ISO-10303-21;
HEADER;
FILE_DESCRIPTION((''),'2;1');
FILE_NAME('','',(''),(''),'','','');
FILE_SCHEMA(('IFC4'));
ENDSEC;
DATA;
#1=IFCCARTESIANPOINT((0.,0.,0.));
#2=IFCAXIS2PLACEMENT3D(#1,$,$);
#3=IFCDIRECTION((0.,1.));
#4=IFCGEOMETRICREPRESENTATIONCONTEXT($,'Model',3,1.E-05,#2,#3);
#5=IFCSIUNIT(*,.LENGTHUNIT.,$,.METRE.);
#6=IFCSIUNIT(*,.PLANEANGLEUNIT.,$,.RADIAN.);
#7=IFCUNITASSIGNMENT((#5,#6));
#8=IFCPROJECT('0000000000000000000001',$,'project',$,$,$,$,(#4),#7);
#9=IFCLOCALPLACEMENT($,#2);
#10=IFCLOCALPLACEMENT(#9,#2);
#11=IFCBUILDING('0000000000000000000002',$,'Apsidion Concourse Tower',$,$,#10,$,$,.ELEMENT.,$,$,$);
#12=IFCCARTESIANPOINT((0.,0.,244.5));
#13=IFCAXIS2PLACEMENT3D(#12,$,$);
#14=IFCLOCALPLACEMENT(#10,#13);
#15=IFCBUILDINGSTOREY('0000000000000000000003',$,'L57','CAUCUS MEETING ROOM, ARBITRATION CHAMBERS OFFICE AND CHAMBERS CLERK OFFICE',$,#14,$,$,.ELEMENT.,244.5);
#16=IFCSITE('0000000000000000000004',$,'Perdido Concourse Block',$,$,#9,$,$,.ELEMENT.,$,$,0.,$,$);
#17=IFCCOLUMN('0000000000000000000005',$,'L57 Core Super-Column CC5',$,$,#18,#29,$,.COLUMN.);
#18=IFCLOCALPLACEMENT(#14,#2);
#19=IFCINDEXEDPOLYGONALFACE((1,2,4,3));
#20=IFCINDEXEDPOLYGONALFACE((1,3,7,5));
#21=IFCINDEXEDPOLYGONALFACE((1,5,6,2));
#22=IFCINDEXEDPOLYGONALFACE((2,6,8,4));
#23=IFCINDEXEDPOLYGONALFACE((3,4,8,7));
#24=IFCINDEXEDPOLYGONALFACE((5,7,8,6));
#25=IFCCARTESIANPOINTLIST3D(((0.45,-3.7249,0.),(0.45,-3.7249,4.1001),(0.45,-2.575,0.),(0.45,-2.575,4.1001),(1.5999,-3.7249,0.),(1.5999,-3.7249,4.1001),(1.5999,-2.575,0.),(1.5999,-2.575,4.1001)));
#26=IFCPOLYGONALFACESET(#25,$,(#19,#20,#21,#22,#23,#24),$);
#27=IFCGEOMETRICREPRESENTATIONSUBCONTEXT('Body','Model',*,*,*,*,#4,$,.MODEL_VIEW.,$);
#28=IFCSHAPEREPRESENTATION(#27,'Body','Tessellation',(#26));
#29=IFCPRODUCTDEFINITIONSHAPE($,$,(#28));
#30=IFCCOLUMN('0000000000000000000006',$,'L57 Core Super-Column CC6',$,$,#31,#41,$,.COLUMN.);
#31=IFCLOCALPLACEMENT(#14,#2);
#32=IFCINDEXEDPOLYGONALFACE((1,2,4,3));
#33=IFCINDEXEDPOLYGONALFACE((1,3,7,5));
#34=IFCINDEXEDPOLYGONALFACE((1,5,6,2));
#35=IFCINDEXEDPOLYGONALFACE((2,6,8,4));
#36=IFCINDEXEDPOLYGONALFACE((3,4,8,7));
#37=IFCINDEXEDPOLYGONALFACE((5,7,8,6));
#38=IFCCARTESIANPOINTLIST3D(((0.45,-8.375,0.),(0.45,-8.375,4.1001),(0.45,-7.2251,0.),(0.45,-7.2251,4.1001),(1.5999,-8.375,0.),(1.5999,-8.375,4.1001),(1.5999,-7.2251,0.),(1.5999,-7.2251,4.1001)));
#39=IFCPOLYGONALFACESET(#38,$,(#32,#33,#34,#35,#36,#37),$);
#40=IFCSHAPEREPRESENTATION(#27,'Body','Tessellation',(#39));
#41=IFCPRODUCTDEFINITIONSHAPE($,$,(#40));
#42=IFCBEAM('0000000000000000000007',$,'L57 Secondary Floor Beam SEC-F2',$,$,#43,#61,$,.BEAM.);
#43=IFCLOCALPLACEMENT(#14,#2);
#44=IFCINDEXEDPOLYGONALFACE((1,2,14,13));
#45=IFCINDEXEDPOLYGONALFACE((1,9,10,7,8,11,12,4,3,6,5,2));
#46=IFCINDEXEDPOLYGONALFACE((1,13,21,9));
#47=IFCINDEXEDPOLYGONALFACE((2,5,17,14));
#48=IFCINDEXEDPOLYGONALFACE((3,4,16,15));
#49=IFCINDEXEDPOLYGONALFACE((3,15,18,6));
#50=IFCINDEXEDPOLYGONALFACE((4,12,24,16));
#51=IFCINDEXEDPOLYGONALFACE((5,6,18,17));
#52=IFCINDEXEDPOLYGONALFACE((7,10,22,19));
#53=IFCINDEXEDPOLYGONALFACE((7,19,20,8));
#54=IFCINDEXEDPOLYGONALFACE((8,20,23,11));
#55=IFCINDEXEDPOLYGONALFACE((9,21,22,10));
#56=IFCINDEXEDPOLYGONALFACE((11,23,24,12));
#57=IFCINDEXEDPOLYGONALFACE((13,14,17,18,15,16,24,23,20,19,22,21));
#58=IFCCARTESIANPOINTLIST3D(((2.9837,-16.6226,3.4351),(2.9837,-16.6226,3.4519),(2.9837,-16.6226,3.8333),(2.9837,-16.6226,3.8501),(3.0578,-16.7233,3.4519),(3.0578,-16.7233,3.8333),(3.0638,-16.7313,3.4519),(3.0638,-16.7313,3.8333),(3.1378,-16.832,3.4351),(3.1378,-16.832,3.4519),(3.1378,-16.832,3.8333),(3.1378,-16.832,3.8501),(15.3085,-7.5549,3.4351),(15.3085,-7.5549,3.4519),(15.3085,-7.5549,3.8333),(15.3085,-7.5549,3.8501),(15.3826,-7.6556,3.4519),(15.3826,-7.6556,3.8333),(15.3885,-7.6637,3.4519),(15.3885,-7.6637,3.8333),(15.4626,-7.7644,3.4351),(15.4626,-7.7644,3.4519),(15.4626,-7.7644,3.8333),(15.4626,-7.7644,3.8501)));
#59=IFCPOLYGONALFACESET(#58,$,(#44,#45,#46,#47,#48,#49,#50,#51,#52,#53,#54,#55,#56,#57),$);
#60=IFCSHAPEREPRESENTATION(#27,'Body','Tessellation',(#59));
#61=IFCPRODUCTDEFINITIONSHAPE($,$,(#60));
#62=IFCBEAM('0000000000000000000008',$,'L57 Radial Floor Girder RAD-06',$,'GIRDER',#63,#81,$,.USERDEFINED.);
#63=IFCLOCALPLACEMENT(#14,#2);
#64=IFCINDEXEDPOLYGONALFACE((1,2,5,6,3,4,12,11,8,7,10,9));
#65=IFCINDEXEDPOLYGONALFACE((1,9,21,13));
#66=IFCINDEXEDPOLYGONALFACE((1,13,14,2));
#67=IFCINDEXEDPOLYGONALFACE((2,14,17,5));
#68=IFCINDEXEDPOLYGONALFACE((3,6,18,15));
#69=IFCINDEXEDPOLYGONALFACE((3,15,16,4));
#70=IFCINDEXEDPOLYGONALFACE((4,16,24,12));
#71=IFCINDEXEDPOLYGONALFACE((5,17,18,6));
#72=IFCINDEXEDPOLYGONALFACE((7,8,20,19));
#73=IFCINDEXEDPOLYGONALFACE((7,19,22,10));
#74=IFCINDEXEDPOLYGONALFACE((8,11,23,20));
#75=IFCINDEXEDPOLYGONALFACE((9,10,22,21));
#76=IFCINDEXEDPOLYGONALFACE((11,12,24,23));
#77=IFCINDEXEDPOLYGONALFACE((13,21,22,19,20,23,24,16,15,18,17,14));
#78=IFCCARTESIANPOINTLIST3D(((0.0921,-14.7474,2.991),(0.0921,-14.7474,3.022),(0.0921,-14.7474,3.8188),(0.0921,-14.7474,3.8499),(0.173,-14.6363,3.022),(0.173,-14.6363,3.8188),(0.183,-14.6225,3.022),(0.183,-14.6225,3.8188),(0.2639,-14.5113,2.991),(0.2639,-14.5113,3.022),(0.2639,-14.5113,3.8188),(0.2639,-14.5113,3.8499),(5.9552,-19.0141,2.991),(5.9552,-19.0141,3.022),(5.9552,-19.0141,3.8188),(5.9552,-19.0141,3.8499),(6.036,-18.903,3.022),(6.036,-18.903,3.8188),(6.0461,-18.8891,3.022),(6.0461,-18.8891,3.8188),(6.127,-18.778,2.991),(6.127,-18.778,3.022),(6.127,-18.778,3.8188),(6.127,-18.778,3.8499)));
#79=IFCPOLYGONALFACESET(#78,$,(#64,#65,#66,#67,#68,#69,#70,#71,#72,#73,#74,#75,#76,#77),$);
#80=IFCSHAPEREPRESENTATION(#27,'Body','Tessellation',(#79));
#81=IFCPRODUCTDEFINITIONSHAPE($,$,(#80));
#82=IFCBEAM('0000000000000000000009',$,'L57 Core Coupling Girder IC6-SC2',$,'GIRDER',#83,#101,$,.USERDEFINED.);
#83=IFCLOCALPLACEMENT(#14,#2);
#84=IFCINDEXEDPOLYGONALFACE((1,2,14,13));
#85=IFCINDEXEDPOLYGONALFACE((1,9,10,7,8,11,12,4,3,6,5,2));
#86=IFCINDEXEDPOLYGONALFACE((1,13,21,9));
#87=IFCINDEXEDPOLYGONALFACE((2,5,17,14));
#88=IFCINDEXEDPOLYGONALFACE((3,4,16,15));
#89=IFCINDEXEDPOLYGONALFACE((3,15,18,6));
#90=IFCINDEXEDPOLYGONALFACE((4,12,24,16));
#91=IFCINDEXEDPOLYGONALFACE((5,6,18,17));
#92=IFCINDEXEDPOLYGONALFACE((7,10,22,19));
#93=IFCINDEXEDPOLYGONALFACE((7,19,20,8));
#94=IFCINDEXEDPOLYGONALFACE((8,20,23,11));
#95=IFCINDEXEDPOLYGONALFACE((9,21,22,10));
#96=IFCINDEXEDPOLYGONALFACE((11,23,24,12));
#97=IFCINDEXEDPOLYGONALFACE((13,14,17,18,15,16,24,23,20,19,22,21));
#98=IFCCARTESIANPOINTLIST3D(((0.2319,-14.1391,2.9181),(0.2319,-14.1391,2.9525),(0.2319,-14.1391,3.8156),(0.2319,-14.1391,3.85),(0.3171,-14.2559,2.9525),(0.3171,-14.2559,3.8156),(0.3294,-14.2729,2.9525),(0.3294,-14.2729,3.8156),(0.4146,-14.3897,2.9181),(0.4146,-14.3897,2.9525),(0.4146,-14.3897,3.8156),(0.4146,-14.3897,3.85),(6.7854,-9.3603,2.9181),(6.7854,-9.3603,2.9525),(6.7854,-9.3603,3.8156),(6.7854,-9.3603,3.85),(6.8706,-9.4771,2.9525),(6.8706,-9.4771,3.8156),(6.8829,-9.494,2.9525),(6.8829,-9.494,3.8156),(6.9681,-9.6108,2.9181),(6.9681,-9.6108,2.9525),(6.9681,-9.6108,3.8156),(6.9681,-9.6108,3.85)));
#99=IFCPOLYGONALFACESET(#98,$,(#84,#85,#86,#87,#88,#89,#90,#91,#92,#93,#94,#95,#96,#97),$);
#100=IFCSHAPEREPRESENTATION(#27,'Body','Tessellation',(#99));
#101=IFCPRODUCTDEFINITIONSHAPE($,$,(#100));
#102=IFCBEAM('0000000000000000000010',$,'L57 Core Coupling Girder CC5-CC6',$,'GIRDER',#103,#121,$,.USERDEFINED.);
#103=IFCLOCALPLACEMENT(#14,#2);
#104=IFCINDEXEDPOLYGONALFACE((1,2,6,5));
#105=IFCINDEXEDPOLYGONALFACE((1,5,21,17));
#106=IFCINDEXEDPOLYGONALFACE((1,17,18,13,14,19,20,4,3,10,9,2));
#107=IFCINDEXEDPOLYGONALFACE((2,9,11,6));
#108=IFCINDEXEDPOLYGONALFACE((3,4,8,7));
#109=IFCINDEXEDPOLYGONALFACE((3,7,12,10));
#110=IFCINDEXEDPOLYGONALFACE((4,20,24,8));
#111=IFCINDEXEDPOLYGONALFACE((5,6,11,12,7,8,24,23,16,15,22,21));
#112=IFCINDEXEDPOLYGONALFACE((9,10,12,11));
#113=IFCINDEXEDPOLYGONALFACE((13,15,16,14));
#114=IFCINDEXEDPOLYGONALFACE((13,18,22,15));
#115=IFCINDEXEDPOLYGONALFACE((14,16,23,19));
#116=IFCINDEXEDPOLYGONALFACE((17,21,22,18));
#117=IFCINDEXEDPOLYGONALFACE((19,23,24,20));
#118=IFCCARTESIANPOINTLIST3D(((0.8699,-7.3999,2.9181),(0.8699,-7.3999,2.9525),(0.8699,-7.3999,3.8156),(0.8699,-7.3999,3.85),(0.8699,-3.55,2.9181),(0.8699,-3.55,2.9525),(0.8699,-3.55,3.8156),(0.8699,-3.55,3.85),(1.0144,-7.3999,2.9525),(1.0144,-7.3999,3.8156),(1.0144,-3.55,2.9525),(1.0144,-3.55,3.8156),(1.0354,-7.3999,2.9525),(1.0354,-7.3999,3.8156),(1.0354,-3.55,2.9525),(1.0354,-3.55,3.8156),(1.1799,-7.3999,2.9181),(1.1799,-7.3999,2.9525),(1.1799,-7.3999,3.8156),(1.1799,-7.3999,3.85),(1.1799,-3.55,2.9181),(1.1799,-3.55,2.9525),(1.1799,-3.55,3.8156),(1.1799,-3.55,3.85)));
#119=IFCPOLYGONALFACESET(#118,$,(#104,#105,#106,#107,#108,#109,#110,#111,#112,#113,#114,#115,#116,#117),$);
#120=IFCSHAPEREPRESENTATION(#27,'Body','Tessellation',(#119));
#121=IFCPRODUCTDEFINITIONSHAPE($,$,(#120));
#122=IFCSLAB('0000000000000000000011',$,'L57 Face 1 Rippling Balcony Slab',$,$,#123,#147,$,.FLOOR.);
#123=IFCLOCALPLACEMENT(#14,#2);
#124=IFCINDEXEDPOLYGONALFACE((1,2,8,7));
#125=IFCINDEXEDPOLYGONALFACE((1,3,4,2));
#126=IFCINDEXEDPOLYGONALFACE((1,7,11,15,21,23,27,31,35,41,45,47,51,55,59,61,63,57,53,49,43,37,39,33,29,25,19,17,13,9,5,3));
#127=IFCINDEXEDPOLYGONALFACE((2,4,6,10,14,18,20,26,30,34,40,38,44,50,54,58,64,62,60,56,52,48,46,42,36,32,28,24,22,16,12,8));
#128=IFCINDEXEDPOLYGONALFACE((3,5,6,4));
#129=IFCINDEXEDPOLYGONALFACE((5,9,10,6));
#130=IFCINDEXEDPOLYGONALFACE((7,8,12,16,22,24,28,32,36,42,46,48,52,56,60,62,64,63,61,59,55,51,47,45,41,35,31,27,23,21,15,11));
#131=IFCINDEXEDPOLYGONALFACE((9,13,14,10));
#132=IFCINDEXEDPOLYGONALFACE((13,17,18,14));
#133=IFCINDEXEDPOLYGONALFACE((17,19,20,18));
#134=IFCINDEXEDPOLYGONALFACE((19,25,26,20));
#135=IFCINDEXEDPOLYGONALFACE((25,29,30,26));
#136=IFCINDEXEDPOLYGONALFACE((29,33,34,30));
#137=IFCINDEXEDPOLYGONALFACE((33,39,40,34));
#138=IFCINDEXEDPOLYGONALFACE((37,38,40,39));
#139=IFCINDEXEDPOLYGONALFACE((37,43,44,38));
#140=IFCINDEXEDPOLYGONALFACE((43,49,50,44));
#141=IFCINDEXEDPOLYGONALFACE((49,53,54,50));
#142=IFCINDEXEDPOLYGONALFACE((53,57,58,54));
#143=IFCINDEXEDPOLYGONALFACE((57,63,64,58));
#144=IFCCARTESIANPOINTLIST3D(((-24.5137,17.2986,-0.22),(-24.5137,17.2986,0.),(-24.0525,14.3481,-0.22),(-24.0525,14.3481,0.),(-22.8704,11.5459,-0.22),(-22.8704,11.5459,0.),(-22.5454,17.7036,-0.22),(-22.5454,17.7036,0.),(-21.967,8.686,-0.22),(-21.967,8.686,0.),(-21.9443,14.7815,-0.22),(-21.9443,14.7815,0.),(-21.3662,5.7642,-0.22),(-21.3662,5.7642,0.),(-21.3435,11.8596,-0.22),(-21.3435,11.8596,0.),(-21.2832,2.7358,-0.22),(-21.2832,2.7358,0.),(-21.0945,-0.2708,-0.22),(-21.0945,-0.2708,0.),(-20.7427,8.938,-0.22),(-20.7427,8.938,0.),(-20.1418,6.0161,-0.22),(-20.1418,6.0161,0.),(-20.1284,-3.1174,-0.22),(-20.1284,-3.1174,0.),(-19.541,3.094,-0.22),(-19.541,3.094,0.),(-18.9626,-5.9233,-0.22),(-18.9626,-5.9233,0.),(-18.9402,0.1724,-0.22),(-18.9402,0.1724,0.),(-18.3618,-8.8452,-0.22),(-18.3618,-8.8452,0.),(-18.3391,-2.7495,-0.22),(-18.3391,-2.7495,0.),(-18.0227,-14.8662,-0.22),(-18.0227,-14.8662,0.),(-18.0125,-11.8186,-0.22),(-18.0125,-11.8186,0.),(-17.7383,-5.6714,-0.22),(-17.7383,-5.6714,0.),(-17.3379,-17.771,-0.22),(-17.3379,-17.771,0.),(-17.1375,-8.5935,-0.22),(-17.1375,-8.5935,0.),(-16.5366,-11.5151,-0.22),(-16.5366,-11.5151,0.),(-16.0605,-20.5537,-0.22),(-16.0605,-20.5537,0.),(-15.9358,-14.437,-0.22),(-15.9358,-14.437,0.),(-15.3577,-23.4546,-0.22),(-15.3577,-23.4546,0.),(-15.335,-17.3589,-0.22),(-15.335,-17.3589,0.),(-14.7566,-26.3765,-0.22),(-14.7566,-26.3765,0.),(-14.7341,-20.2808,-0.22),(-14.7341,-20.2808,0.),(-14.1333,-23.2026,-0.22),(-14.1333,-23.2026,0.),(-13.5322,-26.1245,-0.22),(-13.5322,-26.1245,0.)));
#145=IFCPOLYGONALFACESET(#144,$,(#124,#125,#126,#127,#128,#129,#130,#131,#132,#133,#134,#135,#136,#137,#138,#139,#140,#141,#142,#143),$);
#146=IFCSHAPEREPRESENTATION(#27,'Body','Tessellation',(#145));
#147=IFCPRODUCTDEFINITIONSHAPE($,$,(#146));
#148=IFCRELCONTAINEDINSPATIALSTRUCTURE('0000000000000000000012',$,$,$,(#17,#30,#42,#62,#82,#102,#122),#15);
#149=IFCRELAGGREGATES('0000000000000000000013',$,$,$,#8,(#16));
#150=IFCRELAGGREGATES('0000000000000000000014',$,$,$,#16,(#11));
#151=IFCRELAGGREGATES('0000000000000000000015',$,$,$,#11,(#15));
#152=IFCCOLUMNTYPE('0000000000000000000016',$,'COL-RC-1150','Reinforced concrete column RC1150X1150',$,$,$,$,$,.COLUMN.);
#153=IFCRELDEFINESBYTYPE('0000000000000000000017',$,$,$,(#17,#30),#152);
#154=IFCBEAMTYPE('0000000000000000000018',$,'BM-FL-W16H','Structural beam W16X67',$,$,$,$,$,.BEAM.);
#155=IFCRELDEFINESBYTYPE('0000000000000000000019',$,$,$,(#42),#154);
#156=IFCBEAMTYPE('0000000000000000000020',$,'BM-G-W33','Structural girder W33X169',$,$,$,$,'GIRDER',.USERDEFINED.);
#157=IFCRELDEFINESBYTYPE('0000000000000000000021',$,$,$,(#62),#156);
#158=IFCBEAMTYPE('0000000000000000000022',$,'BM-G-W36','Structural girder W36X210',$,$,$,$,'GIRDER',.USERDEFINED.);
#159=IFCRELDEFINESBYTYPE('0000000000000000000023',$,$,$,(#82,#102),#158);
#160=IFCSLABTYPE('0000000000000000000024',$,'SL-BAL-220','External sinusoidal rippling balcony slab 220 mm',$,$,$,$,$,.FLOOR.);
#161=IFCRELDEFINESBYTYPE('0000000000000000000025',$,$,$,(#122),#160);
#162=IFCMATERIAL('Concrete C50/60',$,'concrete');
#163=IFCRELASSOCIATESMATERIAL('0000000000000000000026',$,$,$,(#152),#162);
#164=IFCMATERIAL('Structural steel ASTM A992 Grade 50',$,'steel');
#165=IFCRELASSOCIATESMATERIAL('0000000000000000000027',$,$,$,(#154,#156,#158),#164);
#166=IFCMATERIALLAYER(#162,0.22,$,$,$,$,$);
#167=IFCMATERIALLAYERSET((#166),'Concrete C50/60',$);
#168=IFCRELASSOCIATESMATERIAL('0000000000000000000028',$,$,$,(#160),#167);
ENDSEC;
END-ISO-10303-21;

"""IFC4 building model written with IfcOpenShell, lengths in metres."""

from ifc_helpers import new_model, si_unit, direction, frame, origin, origin_2d, place, context, subcontext, project, spatial, polyline, rectangle, i_section, outline, extrude, material, layer, layer_set, material_profile, profile_set, type_object, element, save


model = new_model("IFC4")

# Units and contexts
model_context = context("Model", 3, precision=1e-05, world=origin(), true_north=direction((0.0, 1.0)))
body_context = subcontext(model_context, "Body", "Model", "MODEL_VIEW")
ifc_project = project(units=[si_unit("LENGTHUNIT", "METRE"), si_unit("PLANEANGLEUNIT", "RADIAN")], contexts=[model_context])

# Site, building, storey
site_placement = place(None, origin())
site = spatial("IfcSite", under=ifc_project, at=site_placement, Name="Perdido Concourse Block", CompositionType="ELEMENT", RefElevation=0.0)
building_placement = place(site_placement, origin())
building = spatial("IfcBuilding", under=site, at=building_placement, Name="Apsidion Concourse Tower", CompositionType="ELEMENT")
storey_placement = place(building_placement, frame((0.0, 0.0, 244.5)))
storey = spatial("IfcBuildingStorey", under=building, at=storey_placement, Name="L57", Description="CAUCUS MEETING ROOM, ARBITRATION CHAMBERS OFFICE AND CHAMBERS CLERK OFFICE", CompositionType="ELEMENT", Elevation=244.5)

# Columns
ifc_material_1 = material(Name="Concrete C50/60", Category="concrete")
ifc_material_profile_1 = material_profile(ifc_material_1, rectangle(XDim=1.1499, YDim=1.1499, at=origin_2d()), Name="RC 1150x1150")
ifc_profile_set_1 = profile_set([ifc_material_profile_1], Name="Concrete C50/60")
column_type = type_object("IfcColumnType", Name="COL-RC-1150", Description="Reinforced concrete column RC1150X1150", PredefinedType="COLUMN", material=ifc_profile_set_1)
for number, where, z_axis, x_axis, name in (
    (1, (1.0249, -3.1499, 0.0), (0.0, 0.0, 1.0), (1.0, 0.0, 0.0), "L57 Core Super-Column CC5"),
    (2, (1.0249, -7.8, 0.0), (0.0, 0.0, 1.0), (1.0, 0.0, 0.0), "L57 Core Super-Column CC6"),
):
    element("IfcColumn", number, at=place(storey_placement, frame(where, z_axis=z_axis, x_axis=x_axis)), inside=storey, type_object=column_type, Name=name, PredefinedType="COLUMN", context=body_context, shape_type="SweptSolid", body=[
        extrude(rectangle(XDim=1.1499, YDim=1.1499, at=origin_2d()), origin(), (0.0, 0.0, 1.0), 4.1001),
    ])

# Beams
ifc_material_2 = material(Name="Structural steel ASTM A992 Grade 50", Category="steel")
ifc_material_profile_2 = material_profile(ifc_material_2, i_section(OverallWidth=0.26, OverallDepth=0.415, WebThickness=0.01, FlangeThickness=0.0168, at=origin_2d()), Name="W16X67")
ifc_profile_set_2 = profile_set([ifc_material_profile_2], Name="Structural steel ASTM A992 Grade 50")
beam_type_1 = type_object("IfcBeamType", Name="BM-FL-W16H", Description="Structural beam W16X67", PredefinedType="BEAM", material=ifc_profile_set_2)
beam_1_placement = place(storey_placement, frame((3.0608, -16.7273, 3.6426), z_axis=(0.805484, 0.592617, 0.0), x_axis=(-0.592617, 0.805484, 0.0)))
element("IfcBeam", 3, at=beam_1_placement, inside=storey, type_object=beam_type_1, Name="L57 Secondary Floor Beam SEC-F2", PredefinedType="BEAM", context=body_context, shape_type="SweptSolid", body=[
    extrude(i_section(OverallWidth=0.26, OverallDepth=0.415, WebThickness=0.01, FlangeThickness=0.0168, at=origin_2d()), origin(), (0.0, 0.0, 1.0), 15.301),
])
ifc_material_profile_3 = material_profile(ifc_material_2, i_section(OverallWidth=0.292, OverallDepth=0.8589, WebThickness=0.0171, FlangeThickness=0.031, at=origin_2d()), Name="W33X169")
ifc_profile_set_3 = profile_set([ifc_material_profile_3], Name="Structural steel ASTM A992 Grade 50")
beam_type_2 = type_object("IfcBeamType", Name="BM-G-W33", Description="Structural girder W33X169", ElementType="GIRDER", PredefinedType="USERDEFINED", material=ifc_profile_set_3)
beam_2_placement = place(storey_placement, frame((0.178, -14.6294, 3.4204), z_axis=(0.808567, -0.588404, 0.0), x_axis=(0.588404, 0.808567, 0.0)))
element("IfcBeam", 4, at=beam_2_placement, inside=storey, type_object=beam_type_2, Name="L57 Radial Floor Girder RAD-06", ObjectType="GIRDER", PredefinedType="USERDEFINED", context=body_context, shape_type="SweptSolid", body=[
    extrude(i_section(OverallWidth=0.292, OverallDepth=0.8589, WebThickness=0.0171, FlangeThickness=0.031, at=origin_2d()), origin(), (0.0, 0.0, 1.0), 7.2512),
])
ifc_material_profile_4 = material_profile(ifc_material_2, i_section(OverallWidth=0.3101, OverallDepth=0.9319, WebThickness=0.021, FlangeThickness=0.0344, at=origin_2d()), Name="W36X210")
ifc_profile_set_4 = profile_set([ifc_material_profile_4], Name="Structural steel ASTM A992 Grade 50")
beam_type_3 = type_object("IfcBeamType", Name="BM-G-W36", Description="Structural girder W36X210", ElementType="GIRDER", PredefinedType="USERDEFINED", material=ifc_profile_set_4)
beam_3_placement = place(storey_placement, frame((0.3232, -14.2644, 3.384), z_axis=(0.807993, 0.589191, 0.0), x_axis=(-0.589191, 0.807993, 0.0)))
element("IfcBeam", 5, at=beam_3_placement, inside=storey, type_object=beam_type_3, Name="L57 Core Coupling Girder IC6-SC2", ObjectType="GIRDER", PredefinedType="USERDEFINED", context=body_context, shape_type="SweptSolid", body=[
    extrude(i_section(OverallWidth=0.3101, OverallDepth=0.9319, WebThickness=0.021, FlangeThickness=0.0344, at=origin_2d()), origin(), (0.0, 0.0, 1.0), 8.1108),
])
beam_4_placement = place(storey_placement, frame((1.0249, -3.55, 3.384), z_axis=(0.0, -1.0, 0.0), x_axis=(1.0, 0.0, 0.0)))
element("IfcBeam", 6, at=beam_4_placement, inside=storey, type_object=beam_type_3, Name="L57 Core Coupling Girder CC5-CC6", ObjectType="GIRDER", PredefinedType="USERDEFINED", context=body_context, shape_type="SweptSolid", body=[
    extrude(i_section(OverallWidth=0.3101, OverallDepth=0.9319, WebThickness=0.021, FlangeThickness=0.0344, at=origin_2d()), origin(), (0.0, 0.0, 1.0), 3.8499),
])

# Slab
ifc_layer_1 = layer(ifc_material_1, 0.22)
ifc_layer_set_1 = layer_set([ifc_layer_1], Name="Concrete C50/60")
slab_type_1 = type_object("IfcSlabType", Name="SL-BAL-220", Description="External sinusoidal rippling balcony slab 220 mm", PredefinedType="FLOOR", material=ifc_layer_set_1)
slab_1_placement = place(storey_placement, frame((0.0, 0.0, -0.22)))
element("IfcSlab", 7, at=slab_1_placement, inside=storey, type_object=slab_type_1, Name="L57 Face 1 Rippling Balcony Slab", PredefinedType="FLOOR", context=body_context, shape_type="SweptSolid", body=[
    extrude(outline(polyline([(-22.5454, 17.7036), (-21.9443, 14.7815), (-21.3435, 11.8596), (-20.7427, 8.938), (-20.1418, 6.0161), (-19.541, 3.094), (-18.9402, 0.1724), (-18.3391, -2.7495), (-17.7383, -5.6714), (-17.1375, -8.5935), (-16.5366, -11.5151), (-15.9358, -14.437), (-15.335, -17.3589), (-14.7341, -20.2808), (-14.1333, -23.2026), (-13.5322, -26.1245), (-14.7566, -26.3765), (-15.3577, -23.4546), (-16.0605, -20.5537), (-17.3379, -17.771), (-18.0227, -14.8662), (-18.0125, -11.8186), (-18.3618, -8.8452), (-18.9626, -5.9233), (-20.1284, -3.1174), (-21.0945, -0.2708), (-21.2832, 2.7358), (-21.3662, 5.7642), (-21.967, 8.686), (-22.8704, 11.5459), (-24.0525, 14.3481), (-24.5137, 17.2986), (-22.5454, 17.7036)])), origin(), (0.0, 0.0, 1.0), 0.22),
])

save(model, "model.ifc")
